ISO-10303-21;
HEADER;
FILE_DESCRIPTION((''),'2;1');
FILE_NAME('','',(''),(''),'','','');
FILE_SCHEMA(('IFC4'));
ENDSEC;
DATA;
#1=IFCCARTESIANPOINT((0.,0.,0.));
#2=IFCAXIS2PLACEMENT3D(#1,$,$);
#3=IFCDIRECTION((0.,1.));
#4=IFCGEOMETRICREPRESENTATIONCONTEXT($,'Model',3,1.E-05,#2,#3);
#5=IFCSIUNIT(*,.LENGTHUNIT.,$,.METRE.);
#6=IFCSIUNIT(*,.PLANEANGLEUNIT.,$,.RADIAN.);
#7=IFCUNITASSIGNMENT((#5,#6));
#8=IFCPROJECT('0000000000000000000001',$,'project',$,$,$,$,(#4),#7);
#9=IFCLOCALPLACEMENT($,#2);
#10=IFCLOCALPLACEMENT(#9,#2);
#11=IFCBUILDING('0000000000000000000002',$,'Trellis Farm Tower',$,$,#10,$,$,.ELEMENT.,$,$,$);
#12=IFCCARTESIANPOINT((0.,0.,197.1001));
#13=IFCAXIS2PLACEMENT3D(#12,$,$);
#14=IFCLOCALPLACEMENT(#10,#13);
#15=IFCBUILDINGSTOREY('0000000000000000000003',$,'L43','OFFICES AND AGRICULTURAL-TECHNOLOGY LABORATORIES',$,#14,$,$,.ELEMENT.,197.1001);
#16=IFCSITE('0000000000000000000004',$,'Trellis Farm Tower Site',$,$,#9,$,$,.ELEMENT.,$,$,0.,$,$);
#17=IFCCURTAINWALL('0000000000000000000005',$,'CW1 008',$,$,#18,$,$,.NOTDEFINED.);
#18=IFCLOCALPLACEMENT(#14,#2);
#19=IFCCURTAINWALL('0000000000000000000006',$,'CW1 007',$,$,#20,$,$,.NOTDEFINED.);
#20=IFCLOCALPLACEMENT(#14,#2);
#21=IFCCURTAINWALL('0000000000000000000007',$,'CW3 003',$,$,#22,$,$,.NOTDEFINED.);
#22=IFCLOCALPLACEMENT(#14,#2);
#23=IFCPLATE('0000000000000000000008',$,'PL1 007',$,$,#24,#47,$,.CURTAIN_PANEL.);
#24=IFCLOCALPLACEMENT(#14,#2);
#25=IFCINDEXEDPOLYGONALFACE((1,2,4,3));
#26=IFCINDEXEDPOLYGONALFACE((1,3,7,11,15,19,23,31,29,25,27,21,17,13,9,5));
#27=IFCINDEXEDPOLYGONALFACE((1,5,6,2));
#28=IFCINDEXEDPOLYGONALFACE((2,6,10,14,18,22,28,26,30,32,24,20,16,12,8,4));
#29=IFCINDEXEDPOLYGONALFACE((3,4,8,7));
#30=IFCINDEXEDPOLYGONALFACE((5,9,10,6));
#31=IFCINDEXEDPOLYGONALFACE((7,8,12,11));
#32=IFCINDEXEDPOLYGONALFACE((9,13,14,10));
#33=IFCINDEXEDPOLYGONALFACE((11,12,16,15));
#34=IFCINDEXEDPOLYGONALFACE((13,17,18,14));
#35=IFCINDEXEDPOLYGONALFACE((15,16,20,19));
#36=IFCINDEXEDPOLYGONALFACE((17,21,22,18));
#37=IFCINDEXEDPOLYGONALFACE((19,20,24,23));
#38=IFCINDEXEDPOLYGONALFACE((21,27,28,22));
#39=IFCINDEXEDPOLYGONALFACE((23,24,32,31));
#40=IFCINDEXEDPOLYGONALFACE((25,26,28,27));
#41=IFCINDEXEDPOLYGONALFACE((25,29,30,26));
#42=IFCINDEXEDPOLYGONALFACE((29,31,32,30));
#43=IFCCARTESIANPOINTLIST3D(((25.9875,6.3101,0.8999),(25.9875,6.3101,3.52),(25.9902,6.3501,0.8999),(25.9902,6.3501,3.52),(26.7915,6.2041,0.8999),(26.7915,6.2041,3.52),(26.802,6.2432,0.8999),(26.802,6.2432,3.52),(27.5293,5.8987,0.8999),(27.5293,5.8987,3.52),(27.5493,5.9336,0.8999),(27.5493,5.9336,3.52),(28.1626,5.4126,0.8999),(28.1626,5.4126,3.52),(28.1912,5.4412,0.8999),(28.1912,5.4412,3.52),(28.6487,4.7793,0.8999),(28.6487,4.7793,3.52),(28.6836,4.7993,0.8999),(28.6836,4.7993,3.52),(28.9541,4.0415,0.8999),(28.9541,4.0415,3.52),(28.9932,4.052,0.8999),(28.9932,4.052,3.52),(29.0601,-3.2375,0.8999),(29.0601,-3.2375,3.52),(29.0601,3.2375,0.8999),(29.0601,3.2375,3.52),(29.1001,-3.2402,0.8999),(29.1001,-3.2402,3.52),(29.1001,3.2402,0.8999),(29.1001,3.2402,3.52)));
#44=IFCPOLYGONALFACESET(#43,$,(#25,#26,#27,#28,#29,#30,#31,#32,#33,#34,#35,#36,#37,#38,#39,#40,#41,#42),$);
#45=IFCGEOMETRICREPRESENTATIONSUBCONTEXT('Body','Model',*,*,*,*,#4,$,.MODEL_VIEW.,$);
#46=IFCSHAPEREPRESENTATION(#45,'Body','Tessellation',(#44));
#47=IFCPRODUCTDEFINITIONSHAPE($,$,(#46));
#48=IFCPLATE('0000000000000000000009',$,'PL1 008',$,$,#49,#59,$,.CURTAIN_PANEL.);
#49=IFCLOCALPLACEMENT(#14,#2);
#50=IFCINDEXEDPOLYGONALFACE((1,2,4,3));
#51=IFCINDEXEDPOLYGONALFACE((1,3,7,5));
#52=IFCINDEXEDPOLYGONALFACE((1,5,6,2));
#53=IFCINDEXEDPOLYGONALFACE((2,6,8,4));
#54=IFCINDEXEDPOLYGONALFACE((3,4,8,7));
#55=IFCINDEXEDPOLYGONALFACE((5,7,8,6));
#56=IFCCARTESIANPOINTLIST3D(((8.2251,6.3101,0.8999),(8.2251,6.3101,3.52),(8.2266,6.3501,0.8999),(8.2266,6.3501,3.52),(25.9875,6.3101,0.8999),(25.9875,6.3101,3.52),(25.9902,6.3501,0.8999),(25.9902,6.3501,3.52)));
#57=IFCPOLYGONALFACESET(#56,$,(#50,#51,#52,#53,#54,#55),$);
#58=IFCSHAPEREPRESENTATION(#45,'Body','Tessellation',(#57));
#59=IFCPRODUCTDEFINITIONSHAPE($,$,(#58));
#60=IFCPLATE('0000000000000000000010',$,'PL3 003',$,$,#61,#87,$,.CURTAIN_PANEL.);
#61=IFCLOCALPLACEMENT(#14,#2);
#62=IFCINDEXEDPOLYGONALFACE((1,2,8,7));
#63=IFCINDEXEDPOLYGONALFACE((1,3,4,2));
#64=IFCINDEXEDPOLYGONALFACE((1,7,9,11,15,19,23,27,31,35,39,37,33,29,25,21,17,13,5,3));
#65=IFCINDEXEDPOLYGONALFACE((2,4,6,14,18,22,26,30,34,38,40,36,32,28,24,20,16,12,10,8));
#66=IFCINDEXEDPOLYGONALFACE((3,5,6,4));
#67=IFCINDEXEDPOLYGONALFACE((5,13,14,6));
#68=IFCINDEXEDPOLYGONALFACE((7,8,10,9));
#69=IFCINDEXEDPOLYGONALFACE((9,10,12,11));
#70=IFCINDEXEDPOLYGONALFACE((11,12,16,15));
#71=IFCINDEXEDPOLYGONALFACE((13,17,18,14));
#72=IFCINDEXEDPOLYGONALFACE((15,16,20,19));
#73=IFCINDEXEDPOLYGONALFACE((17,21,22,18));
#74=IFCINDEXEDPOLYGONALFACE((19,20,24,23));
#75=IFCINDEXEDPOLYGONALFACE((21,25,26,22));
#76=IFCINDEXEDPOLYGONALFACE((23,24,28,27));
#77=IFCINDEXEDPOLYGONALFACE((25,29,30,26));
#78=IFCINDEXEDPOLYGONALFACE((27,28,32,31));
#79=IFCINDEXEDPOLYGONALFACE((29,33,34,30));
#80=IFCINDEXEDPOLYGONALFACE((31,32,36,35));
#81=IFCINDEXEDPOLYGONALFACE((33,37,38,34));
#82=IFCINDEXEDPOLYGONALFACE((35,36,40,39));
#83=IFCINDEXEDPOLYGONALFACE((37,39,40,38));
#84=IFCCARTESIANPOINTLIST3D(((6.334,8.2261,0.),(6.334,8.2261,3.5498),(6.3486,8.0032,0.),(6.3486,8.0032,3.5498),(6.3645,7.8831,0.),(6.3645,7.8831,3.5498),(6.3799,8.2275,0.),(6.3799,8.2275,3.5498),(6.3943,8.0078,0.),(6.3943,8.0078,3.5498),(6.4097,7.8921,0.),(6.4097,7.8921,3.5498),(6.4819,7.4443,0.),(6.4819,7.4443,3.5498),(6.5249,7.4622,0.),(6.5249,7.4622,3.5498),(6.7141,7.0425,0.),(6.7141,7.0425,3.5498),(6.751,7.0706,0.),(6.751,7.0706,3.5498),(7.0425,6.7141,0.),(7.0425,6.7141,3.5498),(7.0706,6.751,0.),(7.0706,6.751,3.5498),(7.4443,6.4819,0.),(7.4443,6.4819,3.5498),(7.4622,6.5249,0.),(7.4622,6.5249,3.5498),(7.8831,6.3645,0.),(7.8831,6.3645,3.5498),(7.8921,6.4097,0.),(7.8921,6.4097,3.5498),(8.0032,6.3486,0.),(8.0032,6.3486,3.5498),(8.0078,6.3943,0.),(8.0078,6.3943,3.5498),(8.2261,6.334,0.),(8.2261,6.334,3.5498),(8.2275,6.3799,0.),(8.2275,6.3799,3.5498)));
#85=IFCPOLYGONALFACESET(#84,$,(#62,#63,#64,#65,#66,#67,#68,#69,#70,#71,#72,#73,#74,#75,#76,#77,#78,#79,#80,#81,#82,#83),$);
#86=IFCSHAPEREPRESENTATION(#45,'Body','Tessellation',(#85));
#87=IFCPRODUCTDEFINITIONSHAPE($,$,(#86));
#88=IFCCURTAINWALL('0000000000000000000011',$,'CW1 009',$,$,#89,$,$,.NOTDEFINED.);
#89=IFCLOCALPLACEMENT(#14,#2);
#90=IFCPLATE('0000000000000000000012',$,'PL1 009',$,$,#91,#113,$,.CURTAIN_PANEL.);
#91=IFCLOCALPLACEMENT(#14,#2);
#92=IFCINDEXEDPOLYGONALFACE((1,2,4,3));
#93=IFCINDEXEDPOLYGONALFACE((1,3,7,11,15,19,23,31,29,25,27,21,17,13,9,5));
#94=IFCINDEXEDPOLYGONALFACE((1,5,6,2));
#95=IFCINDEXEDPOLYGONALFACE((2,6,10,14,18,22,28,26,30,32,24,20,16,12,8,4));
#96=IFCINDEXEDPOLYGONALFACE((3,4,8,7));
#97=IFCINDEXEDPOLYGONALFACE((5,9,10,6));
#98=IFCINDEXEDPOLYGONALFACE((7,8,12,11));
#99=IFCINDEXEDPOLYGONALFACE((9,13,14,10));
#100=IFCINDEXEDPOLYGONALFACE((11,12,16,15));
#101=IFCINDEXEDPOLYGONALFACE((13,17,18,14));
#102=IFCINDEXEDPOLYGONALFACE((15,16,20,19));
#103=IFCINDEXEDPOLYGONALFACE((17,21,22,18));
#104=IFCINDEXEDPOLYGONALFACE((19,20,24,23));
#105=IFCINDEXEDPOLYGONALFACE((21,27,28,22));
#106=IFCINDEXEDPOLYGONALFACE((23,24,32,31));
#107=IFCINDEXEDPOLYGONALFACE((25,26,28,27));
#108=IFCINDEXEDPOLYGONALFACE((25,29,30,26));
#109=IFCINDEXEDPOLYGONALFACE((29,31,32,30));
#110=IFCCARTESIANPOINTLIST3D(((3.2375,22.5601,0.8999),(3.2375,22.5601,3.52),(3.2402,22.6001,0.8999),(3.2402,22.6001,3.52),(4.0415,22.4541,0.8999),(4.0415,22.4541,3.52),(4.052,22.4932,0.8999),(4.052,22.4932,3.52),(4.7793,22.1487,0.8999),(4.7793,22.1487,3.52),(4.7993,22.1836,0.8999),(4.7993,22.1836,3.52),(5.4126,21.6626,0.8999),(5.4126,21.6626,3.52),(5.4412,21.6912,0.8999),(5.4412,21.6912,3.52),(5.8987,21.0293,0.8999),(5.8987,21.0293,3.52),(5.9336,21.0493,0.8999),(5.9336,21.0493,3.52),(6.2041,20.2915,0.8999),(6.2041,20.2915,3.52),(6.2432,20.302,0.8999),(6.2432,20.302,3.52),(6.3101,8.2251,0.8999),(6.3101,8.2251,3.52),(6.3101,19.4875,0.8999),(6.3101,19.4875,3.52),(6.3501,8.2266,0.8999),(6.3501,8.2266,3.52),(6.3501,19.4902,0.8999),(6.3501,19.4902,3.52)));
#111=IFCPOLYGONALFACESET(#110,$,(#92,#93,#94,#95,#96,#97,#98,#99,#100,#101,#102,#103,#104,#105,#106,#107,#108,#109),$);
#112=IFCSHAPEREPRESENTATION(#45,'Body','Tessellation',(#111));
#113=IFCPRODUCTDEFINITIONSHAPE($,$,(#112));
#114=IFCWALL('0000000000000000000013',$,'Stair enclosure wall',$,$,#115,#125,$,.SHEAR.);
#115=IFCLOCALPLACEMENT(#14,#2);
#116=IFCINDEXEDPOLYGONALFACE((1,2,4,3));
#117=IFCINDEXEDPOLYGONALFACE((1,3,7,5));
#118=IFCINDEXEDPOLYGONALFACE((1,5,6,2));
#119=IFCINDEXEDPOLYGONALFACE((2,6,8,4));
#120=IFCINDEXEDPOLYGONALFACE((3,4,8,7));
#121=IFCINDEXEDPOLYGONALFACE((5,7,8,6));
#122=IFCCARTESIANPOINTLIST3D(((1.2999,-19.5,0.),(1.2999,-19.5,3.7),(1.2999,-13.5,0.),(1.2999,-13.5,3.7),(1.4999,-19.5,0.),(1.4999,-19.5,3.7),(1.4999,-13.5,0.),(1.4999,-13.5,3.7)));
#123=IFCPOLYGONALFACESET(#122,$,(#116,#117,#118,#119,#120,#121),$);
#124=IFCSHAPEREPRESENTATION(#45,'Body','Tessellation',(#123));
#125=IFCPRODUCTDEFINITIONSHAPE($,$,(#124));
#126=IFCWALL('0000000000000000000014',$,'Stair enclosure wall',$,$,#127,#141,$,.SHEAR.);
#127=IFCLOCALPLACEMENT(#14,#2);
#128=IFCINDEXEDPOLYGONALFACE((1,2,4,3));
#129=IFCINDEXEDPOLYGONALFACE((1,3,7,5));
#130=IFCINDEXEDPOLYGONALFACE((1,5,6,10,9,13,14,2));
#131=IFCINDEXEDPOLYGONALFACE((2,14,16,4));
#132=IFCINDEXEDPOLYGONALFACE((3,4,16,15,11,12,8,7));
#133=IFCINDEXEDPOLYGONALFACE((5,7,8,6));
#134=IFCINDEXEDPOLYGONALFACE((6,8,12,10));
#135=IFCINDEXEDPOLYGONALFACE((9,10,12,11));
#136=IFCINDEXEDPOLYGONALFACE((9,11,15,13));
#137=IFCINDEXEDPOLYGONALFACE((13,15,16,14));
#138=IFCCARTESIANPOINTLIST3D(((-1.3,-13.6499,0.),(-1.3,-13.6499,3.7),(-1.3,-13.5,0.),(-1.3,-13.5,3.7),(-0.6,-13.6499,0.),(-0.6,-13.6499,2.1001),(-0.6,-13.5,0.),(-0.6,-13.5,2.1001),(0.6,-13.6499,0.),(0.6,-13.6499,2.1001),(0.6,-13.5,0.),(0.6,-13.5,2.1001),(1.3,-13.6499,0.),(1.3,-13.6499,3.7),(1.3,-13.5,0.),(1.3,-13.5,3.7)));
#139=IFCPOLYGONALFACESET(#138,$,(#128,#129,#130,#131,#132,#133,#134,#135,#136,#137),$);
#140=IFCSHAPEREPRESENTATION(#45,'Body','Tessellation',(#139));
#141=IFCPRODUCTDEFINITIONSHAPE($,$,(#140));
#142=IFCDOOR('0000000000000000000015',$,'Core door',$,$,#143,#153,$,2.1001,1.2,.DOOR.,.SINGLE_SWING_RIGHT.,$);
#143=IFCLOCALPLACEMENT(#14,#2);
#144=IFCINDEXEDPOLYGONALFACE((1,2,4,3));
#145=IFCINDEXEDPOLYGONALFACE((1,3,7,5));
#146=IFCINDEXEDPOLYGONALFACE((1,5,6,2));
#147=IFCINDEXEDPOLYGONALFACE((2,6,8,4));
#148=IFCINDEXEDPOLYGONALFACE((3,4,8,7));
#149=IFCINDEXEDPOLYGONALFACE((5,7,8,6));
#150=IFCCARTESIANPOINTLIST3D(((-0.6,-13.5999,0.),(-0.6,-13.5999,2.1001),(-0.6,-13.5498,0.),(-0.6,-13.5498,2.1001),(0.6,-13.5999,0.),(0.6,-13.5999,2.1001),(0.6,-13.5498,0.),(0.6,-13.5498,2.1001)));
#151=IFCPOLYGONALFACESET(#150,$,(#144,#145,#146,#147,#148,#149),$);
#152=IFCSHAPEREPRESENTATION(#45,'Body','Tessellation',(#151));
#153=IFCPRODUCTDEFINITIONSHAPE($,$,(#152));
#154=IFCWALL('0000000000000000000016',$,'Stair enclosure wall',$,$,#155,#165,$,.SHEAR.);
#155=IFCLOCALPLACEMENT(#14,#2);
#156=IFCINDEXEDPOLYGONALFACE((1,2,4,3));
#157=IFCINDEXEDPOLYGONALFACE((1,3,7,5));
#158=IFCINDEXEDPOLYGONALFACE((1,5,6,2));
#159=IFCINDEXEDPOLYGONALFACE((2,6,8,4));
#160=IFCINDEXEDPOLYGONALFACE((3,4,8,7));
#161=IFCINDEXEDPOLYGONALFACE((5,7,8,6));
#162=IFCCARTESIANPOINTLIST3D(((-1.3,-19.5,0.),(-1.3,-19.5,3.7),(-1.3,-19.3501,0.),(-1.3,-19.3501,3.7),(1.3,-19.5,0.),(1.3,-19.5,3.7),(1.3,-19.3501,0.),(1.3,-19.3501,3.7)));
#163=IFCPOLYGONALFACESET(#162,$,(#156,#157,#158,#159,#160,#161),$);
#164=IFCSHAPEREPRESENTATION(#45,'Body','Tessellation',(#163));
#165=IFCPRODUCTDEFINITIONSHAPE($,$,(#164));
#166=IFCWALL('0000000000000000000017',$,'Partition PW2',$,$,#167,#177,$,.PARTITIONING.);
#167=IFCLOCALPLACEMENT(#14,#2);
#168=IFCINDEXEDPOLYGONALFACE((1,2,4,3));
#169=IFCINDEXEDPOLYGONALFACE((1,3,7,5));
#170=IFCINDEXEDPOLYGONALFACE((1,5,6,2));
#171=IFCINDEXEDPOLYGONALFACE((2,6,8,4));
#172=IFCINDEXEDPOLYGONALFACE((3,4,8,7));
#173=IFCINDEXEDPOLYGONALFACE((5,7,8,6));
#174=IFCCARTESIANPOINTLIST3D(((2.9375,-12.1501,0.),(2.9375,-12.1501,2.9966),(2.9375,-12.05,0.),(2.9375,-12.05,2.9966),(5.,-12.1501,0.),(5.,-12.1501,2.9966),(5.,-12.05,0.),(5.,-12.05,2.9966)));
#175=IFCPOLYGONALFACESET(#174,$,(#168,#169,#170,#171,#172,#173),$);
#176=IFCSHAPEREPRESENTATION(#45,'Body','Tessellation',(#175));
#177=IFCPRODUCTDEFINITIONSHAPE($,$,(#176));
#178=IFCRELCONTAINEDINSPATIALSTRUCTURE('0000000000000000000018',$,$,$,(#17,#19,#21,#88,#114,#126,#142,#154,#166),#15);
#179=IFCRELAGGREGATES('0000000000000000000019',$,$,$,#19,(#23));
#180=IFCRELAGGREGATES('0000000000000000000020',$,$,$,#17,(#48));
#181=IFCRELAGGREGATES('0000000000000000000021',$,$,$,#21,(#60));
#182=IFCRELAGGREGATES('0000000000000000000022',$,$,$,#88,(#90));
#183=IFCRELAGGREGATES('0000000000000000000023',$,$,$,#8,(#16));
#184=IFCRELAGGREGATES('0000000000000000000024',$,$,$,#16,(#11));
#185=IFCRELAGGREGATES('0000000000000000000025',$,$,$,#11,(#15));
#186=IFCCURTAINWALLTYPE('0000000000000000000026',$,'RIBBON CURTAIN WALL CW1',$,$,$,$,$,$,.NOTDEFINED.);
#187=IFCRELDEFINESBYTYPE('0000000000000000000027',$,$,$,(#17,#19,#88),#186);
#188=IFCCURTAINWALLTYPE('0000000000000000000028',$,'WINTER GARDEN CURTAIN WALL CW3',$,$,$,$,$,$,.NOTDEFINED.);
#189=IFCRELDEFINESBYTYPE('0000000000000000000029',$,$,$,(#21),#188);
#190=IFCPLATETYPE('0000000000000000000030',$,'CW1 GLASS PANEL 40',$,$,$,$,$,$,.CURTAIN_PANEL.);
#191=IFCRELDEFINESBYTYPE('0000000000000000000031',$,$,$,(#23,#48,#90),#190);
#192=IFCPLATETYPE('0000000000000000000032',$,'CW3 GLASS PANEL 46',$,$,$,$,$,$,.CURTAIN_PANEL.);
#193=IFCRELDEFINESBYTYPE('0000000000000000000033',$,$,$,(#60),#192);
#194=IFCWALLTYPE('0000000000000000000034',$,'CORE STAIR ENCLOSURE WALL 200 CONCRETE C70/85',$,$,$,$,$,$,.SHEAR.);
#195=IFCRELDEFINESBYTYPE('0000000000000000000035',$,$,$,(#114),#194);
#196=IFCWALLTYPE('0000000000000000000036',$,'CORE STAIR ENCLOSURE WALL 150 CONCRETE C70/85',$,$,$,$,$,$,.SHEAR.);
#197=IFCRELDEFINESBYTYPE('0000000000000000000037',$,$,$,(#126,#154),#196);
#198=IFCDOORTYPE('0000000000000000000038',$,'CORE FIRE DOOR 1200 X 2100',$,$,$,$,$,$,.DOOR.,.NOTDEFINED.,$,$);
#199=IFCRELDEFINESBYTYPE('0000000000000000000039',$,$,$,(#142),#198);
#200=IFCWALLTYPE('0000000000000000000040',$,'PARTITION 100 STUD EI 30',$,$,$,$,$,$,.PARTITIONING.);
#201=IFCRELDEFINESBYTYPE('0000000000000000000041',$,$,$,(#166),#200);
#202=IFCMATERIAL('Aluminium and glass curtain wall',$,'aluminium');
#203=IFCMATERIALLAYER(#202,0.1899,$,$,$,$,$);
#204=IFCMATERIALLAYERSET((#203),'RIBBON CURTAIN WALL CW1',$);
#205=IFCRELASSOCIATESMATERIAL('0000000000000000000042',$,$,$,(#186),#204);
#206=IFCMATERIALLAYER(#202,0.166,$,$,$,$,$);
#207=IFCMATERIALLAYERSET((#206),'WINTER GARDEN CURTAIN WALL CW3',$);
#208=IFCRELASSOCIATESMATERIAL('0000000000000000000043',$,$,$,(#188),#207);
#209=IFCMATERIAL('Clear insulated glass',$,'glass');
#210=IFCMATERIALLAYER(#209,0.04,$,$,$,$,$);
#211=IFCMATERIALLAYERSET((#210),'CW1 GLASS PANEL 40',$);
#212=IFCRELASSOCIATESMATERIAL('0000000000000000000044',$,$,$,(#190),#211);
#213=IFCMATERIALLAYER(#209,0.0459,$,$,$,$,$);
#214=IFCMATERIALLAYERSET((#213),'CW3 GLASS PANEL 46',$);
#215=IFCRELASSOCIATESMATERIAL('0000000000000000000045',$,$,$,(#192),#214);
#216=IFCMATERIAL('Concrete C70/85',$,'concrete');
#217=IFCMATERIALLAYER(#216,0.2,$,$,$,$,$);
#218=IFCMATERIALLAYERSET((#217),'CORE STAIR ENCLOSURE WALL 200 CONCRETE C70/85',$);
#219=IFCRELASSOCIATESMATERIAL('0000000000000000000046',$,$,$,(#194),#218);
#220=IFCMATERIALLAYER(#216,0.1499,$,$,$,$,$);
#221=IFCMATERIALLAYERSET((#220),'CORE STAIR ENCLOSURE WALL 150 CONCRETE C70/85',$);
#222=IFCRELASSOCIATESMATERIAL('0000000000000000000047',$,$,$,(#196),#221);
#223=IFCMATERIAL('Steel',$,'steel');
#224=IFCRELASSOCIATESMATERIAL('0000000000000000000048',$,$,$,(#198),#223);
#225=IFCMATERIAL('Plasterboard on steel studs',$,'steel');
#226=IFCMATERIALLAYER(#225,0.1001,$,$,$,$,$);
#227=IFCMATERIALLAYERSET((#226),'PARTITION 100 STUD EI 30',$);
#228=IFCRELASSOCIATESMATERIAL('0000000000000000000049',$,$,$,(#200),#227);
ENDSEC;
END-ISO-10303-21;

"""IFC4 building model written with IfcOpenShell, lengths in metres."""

from ifc_helpers import new_model, si_unit, direction, frame, frame_2d, origin, place, context, subcontext, project, spatial, polyline, rectangle, outline, extrude, source, transform, mapped, material, layer, layer_set, type_object, element, fill, aggregate, save


model = new_model("IFC4")

# Units and contexts
model_context = context("Model", 3, precision=1e-05, world=origin(), true_north=direction((0.0, 1.0)))
body_context = subcontext(model_context, "Body", "Model", "MODEL_VIEW")
ifc_project = project(units=[si_unit("LENGTHUNIT", "METRE"), si_unit("PLANEANGLEUNIT", "RADIAN")], contexts=[model_context])

# Site, building, storey
site_placement = place(None, origin())
site = spatial("IfcSite", under=ifc_project, at=site_placement, Name="Trellis Farm Tower Site", CompositionType="ELEMENT", RefElevation=0.0)
building_placement = place(site_placement, origin())
building = spatial("IfcBuilding", under=site, at=building_placement, Name="Trellis Farm Tower", CompositionType="ELEMENT")
storey_placement = place(building_placement, frame((0.0, 0.0, 197.1001)))
storey = spatial("IfcBuildingStorey", under=building, at=storey_placement, Name="L43", Description="OFFICES AND AGRICULTURAL-TECHNOLOGY LABORATORIES", CompositionType="ELEMENT", Elevation=197.1001)

# Shared definitions
ifc_material_1 = material(Name="Concrete C70/85", Category="concrete")

# Curtain walls
ifc_material_2 = material(Name="Aluminium and glass curtain wall", Category="aluminium")
ifc_layer_1 = layer(ifc_material_2, 0.1899)
ifc_layer_set_1 = layer_set([ifc_layer_1], Name="RIBBON CURTAIN WALL CW1")
curtain_wall_type_1 = type_object("IfcCurtainWallType", Name="RIBBON CURTAIN WALL CW1", PredefinedType="NOTDEFINED", material=ifc_layer_set_1)
placement_1 = place(storey_placement, origin())
curtain_wall_1 = element("IfcCurtainWall", 1, at=placement_1, inside=storey, type_object=curtain_wall_type_1, Name="CW1 008", PredefinedType="NOTDEFINED")
curtain_wall_2 = element("IfcCurtainWall", 2, at=placement_1, inside=storey, type_object=curtain_wall_type_1, Name="CW1 007", PredefinedType="NOTDEFINED")
ifc_layer_2 = layer(ifc_material_2, 0.166)
ifc_layer_set_2 = layer_set([ifc_layer_2], Name="WINTER GARDEN CURTAIN WALL CW3")
curtain_wall_type_2 = type_object("IfcCurtainWallType", Name="WINTER GARDEN CURTAIN WALL CW3", PredefinedType="NOTDEFINED", material=ifc_layer_set_2)
curtain_wall_3 = element("IfcCurtainWall", 3, at=placement_1, inside=storey, type_object=curtain_wall_type_2, Name="CW3 003", PredefinedType="NOTDEFINED")

# Plates
ifc_material_3 = material(Name="Clear insulated glass", Category="glass")
ifc_layer_3 = layer(ifc_material_3, 0.04)
ifc_layer_set_3 = layer_set([ifc_layer_3], Name="CW1 GLASS PANEL 40")
plate_type_1 = type_object("IfcPlateType", Name="CW1 GLASS PANEL 40", PredefinedType="CURTAIN_PANEL", material=ifc_layer_set_3)
placement_2 = place(storey_placement, frame((0.0, 0.0, 0.8999)))
shared_shape_1 = source(origin(), body_context, "Body", "SweptSolid", [
    extrude(outline(polyline([(29.1001, -3.2402), (29.1001, 3.2402), (28.9932, 4.052), (28.6836, 4.7993), (28.1912, 5.4412), (27.5493, 5.9336), (26.802, 6.2432), (25.9902, 6.3501), (25.9875, 6.3101), (26.7915, 6.2041), (27.5293, 5.8987), (28.1626, 5.4126), (28.6487, 4.7793), (28.9541, 4.0415), (29.0601, 3.2375), (29.0601, -3.2375), (29.1001, -3.2402)])), origin(), (0.0, 0.0, 1.0), 2.6201),
])
plate_1 = element("IfcPlate", 4, at=placement_2, type_object=plate_type_1, Name="PL1 007", PredefinedType="CURTAIN_PANEL", context=body_context, shape_type="MappedRepresentation", body=[
    mapped(shared_shape_1, transform((0.0, 0.0, 0.0))),
])
aggregate(curtain_wall_2, [plate_1])
shared_shape_2 = source(origin(), body_context, "Body", "SweptSolid", [
    extrude(outline(polyline([(25.9902, 6.3501), (8.2266, 6.3501), (8.2251, 6.3101), (25.9875, 6.3101), (25.9902, 6.3501)])), origin(), (0.0, 0.0, 1.0), 2.6201),
])
plate_2 = element("IfcPlate", 5, at=placement_2, type_object=plate_type_1, Name="PL1 008", PredefinedType="CURTAIN_PANEL", context=body_context, shape_type="MappedRepresentation", body=[
    mapped(shared_shape_2, transform((0.0, 0.0, 0.0))),
])
aggregate(curtain_wall_1, [plate_2])
ifc_layer_4 = layer(ifc_material_3, 0.0459)
ifc_layer_set_4 = layer_set([ifc_layer_4], Name="CW3 GLASS PANEL 46")
plate_type_2 = type_object("IfcPlateType", Name="CW3 GLASS PANEL 46", PredefinedType="CURTAIN_PANEL", material=ifc_layer_set_4)
shared_shape_3 = source(origin(), body_context, "Body", "SweptSolid", [
    extrude(outline(polyline([(8.2275, 6.3799), (8.0078, 6.3943), (7.8921, 6.4097), (7.4622, 6.5249), (7.0706, 6.751), (6.751, 7.0706), (6.5249, 7.4622), (6.4097, 7.8921), (6.3943, 8.0078), (6.3799, 8.2275), (6.334, 8.2261), (6.3486, 8.0032), (6.3645, 7.8831), (6.4819, 7.4443), (6.7141, 7.0425), (7.0425, 6.7141), (7.4443, 6.4819), (7.8831, 6.3645), (8.0032, 6.3486), (8.2261, 6.334), (8.2275, 6.3799)])), origin(), (0.0, 0.0, 1.0), 3.5498),
])
plate_3 = element("IfcPlate", 6, at=placement_1, type_object=plate_type_2, Name="PL3 003", PredefinedType="CURTAIN_PANEL", context=body_context, shape_type="MappedRepresentation", body=[
    mapped(shared_shape_3, transform((0.0, 0.0, 0.0))),
])
aggregate(curtain_wall_3, [plate_3])

# Curtain wall, plate
curtain_wall_4 = element("IfcCurtainWall", 7, at=placement_1, inside=storey, type_object=curtain_wall_type_1, Name="CW1 009", PredefinedType="NOTDEFINED")
shared_shape_4 = source(origin(), body_context, "Body", "SweptSolid", [
    extrude(outline(polyline([(6.3501, 8.2266), (6.3501, 19.4902), (6.2432, 20.302), (5.9336, 21.0493), (5.4412, 21.6912), (4.7993, 22.1836), (4.052, 22.4932), (3.2402, 22.6001), (3.2375, 22.5601), (4.0415, 22.4541), (4.7793, 22.1487), (5.4126, 21.6626), (5.8987, 21.0293), (6.2041, 20.2915), (6.3101, 19.4875), (6.3101, 8.2251), (6.3501, 8.2266)])), origin(), (0.0, 0.0, 1.0), 2.6201),
])
plate_4 = element("IfcPlate", 8, at=placement_2, type_object=plate_type_1, Name="PL1 009", PredefinedType="CURTAIN_PANEL", context=body_context, shape_type="MappedRepresentation", body=[
    mapped(shared_shape_4, transform((0.0, 0.0, 0.0))),
])
aggregate(curtain_wall_4, [plate_4])

# Wall
ifc_layer_5 = layer(ifc_material_1, 0.2)
ifc_layer_set_5 = layer_set([ifc_layer_5], Name="CORE STAIR ENCLOSURE WALL 200 CONCRETE C70/85")
wall_type_1 = type_object("IfcWallType", Name="CORE STAIR ENCLOSURE WALL 200 CONCRETE C70/85", PredefinedType="SHEAR", material=ifc_layer_set_5)
shared_shape_5 = source(origin(), body_context, "Body", "SweptSolid", [
    extrude(rectangle(XDim=6.0, YDim=0.2, at=frame_2d((3.0, 0.0))), origin(), (0.0, 0.0, 1.0), 3.7),
])
wall_1_placement = place(storey_placement, frame((1.3999, -13.5, 0.0), z_axis=(0.0, 0.0, 1.0), x_axis=(0.0, -1.0, 0.0)))
element("IfcWall", 9, at=wall_1_placement, inside=storey, type_object=wall_type_1, Name="Stair enclosure wall", PredefinedType="SHEAR", context=body_context, shape_type="MappedRepresentation", body=[
    mapped(shared_shape_5, transform((0.0, 0.0, 0.0))),
])

# Wall, opening, door
ifc_layer_6 = layer(ifc_material_1, 0.1499)
ifc_layer_set_6 = layer_set([ifc_layer_6], Name="CORE STAIR ENCLOSURE WALL 150 CONCRETE C70/85")
wall_type_2 = type_object("IfcWallType", Name="CORE STAIR ENCLOSURE WALL 150 CONCRETE C70/85", PredefinedType="SHEAR", material=ifc_layer_set_6)
shared_shape_6 = source(origin(), body_context, "Body", "SweptSolid", [
    extrude(rectangle(XDim=2.6001, YDim=0.1499, at=frame_2d((1.3, 0.0))), origin(), (0.0, 0.0, 1.0), 3.7),
])
wall_2_placement = place(storey_placement, frame((1.3, -13.575, 0.0), z_axis=(0.0, 0.0, 1.0), x_axis=(-1.0, 0.0, 0.0)))
wall_2 = element("IfcWall", 10, at=wall_2_placement, inside=storey, type_object=wall_type_2, Name="Stair enclosure wall", PredefinedType="SHEAR", context=body_context, shape_type="MappedRepresentation", body=[
    mapped(shared_shape_6, transform((0.0, 0.0, 0.0))),
])
shared_shape_7 = source(origin(), body_context, "Body", "SweptSolid", [
    extrude(rectangle(XDim=1.2, YDim=2.1001, at=frame_2d((0.6001, 1.05))), frame((0.0, 0.085, 0.0), z_axis=(0.0, -1.0, 0.0), x_axis=(1.0, 0.0, 0.0)), (0.0, 0.0, 1.0), 0.1699),
])
opening_1_placement = place(wall_2_placement, frame((0.7, 0.0, 0.0)))
opening_1 = element("IfcOpeningElement", 11, at=opening_1_placement, cuts=wall_2, PredefinedType="OPENING", context=body_context, shape_type="MappedRepresentation", body=[
    mapped(shared_shape_7, transform((0.0, 0.0, 0.0))),
])
ifc_material_4 = material(Name="Steel", Category="steel")
door_type_1 = type_object("IfcDoorType", Name="CORE FIRE DOOR 1200 X 2100", OperationType="NOTDEFINED", PredefinedType="DOOR", material=ifc_material_4)
shared_shape_8 = source(origin(), body_context, "Body", "SweptSolid", [
    extrude(rectangle(XDim=1.2, YDim=2.1001, at=frame_2d((0.6001, 1.05))), frame((0.0, 0.0249, 0.0), z_axis=(0.0, -1.0, 0.0), x_axis=(1.0, 0.0, 0.0)), (0.0, 0.0, 1.0), 0.05),
])
door_1_placement = place(opening_1_placement, origin())
door_1 = element("IfcDoor", 12, at=door_1_placement, inside=storey, type_object=door_type_1, Name="Core door", OperationType="SINGLE_SWING_RIGHT", OverallHeight=2.1001, OverallWidth=1.2, PredefinedType="DOOR", context=body_context, shape_type="MappedRepresentation", body=[
    mapped(shared_shape_8, transform((0.0, 0.0, 0.0))),
])
fill(opening_1, door_1)

# Walls
wall_3_placement = place(storey_placement, frame((1.3, -19.425, 0.0), z_axis=(0.0, 0.0, 1.0), x_axis=(-1.0, 0.0, 0.0)))
element("IfcWall", 13, at=wall_3_placement, inside=storey, type_object=wall_type_2, Name="Stair enclosure wall", PredefinedType="SHEAR", context=body_context, shape_type="MappedRepresentation", body=[
    mapped(shared_shape_6, transform((0.0, 0.0, 0.0))),
])
ifc_material_5 = material(Name="Plasterboard on steel studs", Category="steel")
ifc_layer_7 = layer(ifc_material_5, 0.1001)
ifc_layer_set_7 = layer_set([ifc_layer_7], Name="PARTITION 100 STUD EI 30")
wall_type_3 = type_object("IfcWallType", Name="PARTITION 100 STUD EI 30", PredefinedType="PARTITIONING", material=ifc_layer_set_7)
shared_shape_9 = source(origin(), body_context, "Body", "SweptSolid", [
    extrude(rectangle(XDim=2.0625, YDim=0.1001, at=frame_2d((1.0312, 0.0))), origin(), (0.0, 0.0, 1.0), 2.9966),
])
wall_4_placement = place(storey_placement, frame((2.9375, -12.1001, 0.0), z_axis=(0.0, 0.0, 1.0), x_axis=(1.0, 0.0, 0.0)))
element("IfcWall", 14, at=wall_4_placement, inside=storey, type_object=wall_type_3, Name="Partition PW2", PredefinedType="PARTITIONING", context=body_context, shape_type="MappedRepresentation", body=[
    mapped(shared_shape_9, transform((0.0, 0.0, 0.0))),
])

save(model, "model.ifc")
